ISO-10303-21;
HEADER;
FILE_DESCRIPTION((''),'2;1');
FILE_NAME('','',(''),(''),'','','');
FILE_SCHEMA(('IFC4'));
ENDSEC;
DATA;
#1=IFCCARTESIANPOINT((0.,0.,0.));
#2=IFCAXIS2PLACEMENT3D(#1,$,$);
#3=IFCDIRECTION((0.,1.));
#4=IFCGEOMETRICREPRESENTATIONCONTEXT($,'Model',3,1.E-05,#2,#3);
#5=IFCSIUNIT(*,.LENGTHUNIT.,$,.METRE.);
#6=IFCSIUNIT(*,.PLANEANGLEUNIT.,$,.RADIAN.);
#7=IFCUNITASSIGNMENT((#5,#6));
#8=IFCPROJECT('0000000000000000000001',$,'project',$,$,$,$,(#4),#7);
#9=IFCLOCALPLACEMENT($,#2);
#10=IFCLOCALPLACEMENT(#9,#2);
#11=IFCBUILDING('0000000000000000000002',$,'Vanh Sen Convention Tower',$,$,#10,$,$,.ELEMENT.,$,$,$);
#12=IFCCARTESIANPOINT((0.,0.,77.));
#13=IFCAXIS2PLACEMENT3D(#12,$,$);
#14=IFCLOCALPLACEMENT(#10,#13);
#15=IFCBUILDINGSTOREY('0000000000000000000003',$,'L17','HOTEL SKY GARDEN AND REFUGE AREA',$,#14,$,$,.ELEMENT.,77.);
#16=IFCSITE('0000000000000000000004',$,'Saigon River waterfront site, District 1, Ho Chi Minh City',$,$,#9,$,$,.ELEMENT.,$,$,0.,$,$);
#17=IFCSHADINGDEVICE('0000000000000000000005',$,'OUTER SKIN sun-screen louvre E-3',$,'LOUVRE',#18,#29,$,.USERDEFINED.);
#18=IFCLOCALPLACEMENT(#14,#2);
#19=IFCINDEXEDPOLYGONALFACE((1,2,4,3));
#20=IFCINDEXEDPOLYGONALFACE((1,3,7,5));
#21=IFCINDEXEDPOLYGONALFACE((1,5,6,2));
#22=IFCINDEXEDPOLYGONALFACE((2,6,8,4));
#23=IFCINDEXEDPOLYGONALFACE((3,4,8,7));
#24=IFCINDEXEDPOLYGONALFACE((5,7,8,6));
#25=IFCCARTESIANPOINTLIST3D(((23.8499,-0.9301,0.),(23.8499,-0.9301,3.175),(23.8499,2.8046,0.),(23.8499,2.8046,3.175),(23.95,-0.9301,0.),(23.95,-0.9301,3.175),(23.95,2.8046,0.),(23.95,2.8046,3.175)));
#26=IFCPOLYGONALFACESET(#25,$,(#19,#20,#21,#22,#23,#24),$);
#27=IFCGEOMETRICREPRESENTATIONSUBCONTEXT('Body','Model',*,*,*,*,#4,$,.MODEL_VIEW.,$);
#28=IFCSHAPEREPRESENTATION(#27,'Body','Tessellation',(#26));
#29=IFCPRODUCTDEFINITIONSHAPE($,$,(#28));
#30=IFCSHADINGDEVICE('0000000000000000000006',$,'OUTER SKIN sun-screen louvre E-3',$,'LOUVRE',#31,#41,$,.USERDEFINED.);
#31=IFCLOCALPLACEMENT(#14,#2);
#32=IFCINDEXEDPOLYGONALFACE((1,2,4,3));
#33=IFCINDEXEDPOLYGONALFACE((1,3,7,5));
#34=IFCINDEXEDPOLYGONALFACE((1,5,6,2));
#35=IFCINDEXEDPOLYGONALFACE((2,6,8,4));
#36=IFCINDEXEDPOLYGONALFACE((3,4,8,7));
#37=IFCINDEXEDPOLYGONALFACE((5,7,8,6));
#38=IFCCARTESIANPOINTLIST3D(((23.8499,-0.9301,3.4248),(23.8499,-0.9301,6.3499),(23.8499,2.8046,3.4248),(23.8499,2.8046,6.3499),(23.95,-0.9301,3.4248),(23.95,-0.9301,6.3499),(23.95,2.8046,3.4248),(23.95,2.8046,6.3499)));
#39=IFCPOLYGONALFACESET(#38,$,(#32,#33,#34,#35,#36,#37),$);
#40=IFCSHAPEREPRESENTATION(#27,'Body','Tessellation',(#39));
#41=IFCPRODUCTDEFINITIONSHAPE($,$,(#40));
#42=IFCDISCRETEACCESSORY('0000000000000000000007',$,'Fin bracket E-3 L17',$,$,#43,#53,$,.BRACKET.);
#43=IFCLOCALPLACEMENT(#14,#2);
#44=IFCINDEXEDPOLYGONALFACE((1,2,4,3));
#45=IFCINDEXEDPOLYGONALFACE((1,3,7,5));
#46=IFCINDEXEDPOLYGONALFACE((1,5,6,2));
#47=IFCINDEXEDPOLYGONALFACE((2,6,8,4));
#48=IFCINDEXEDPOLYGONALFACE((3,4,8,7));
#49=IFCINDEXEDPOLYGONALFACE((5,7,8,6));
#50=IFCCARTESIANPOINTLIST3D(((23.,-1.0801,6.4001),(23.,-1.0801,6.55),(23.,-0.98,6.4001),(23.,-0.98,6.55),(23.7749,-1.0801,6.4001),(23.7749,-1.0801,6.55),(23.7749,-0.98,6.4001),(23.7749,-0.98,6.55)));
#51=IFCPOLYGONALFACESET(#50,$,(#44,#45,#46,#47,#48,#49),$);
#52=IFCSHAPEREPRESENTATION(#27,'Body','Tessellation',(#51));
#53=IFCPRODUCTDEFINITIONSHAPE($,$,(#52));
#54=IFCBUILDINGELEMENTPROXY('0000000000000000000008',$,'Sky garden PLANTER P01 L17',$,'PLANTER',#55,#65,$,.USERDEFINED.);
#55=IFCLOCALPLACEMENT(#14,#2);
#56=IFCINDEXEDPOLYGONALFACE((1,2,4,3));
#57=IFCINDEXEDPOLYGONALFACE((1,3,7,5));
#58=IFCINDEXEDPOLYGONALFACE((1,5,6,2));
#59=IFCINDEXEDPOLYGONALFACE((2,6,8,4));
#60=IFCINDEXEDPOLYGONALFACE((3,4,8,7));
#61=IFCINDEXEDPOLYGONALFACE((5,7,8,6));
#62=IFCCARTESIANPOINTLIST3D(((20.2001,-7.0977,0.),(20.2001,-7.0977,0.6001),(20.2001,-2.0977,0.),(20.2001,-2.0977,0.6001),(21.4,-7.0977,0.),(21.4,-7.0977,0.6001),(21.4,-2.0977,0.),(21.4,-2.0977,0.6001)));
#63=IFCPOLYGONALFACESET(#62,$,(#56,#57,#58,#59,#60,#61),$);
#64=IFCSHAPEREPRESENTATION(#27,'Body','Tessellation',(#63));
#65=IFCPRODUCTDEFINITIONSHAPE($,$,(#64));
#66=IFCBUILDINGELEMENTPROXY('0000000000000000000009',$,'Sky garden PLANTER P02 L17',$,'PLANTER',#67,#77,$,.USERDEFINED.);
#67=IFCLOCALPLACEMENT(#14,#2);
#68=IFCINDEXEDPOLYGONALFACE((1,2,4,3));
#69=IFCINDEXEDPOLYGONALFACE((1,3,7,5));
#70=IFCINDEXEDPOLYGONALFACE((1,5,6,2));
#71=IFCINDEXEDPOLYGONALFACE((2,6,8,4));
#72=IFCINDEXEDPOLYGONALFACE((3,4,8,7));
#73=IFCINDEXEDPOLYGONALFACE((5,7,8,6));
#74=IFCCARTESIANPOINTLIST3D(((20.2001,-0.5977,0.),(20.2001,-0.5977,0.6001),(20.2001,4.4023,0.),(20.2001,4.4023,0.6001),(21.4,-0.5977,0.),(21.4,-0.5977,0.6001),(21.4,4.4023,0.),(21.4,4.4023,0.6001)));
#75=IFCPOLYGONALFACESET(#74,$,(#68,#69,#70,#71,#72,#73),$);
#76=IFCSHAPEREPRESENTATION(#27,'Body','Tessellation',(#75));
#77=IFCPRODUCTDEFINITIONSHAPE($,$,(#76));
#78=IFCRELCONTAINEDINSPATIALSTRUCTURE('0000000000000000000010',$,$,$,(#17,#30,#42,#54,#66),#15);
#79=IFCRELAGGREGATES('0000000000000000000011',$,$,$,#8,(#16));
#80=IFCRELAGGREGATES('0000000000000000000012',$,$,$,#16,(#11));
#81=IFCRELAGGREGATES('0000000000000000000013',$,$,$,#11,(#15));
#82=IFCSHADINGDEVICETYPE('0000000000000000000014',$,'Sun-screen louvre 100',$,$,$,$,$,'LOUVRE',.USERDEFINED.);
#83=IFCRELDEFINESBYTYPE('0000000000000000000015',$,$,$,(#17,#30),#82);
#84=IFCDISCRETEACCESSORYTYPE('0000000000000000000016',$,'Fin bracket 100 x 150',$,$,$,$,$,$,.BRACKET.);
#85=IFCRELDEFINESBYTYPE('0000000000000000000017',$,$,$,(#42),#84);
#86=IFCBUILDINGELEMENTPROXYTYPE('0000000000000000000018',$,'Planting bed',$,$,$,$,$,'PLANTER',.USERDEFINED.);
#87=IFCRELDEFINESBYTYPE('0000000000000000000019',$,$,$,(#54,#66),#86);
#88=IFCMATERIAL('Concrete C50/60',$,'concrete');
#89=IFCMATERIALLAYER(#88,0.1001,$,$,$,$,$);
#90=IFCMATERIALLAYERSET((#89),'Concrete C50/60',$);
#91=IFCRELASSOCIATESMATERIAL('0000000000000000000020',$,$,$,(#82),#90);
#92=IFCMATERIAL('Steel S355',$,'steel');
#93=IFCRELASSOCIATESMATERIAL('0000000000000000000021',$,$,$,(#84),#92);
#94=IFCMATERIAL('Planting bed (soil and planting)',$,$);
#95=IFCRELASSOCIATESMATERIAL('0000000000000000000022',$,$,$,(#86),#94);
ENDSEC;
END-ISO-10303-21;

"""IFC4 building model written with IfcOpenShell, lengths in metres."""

from ifc_helpers import new_model, si_unit, direction, frame, origin, origin_2d, place, context, subcontext, project, spatial, rectangle, extrude, material, layer, layer_set, type_object, element, save


model = new_model("IFC4")

# Units and contexts
model_context = context("Model", 3, precision=1e-05, world=origin(), true_north=direction((0.0, 1.0)))
body_context = subcontext(model_context, "Body", "Model", "MODEL_VIEW")
ifc_project = project(units=[si_unit("LENGTHUNIT", "METRE"), si_unit("PLANEANGLEUNIT", "RADIAN")], contexts=[model_context])

# Site, building, storey
site_placement = place(None, origin())
site = spatial("IfcSite", under=ifc_project, at=site_placement, Name="Saigon River waterfront site, District 1, Ho Chi Minh City", CompositionType="ELEMENT", RefElevation=0.0)
building_placement = place(site_placement, origin())
building = spatial("IfcBuilding", under=site, at=building_placement, Name="Vanh Sen Convention Tower", CompositionType="ELEMENT")
storey_placement = place(building_placement, frame((0.0, 0.0, 77.0)))
storey = spatial("IfcBuildingStorey", under=building, at=storey_placement, Name="L17", Description="HOTEL SKY GARDEN AND REFUGE AREA", CompositionType="ELEMENT", Elevation=77.0)

# Shading devices
ifc_material_1 = material(Name="Concrete C50/60", Category="concrete")
ifc_layer_1 = layer(ifc_material_1, 0.1001)
ifc_layer_set_1 = layer_set([ifc_layer_1], Name="Concrete C50/60")
shading_device_type = type_object("IfcShadingDeviceType", Name="Sun-screen louvre 100", ElementType="LOUVRE", PredefinedType="USERDEFINED", material=ifc_layer_set_1)
shading_device_1_placement = place(storey_placement, frame((23.8999, 0.9373, 0.0), z_axis=(0.0, 0.0, 1.0), x_axis=(0.0, 1.0, 0.0)))
element("IfcShadingDevice", 1, at=shading_device_1_placement, inside=storey, type_object=shading_device_type, Name="OUTER SKIN sun-screen louvre E-3", ObjectType="LOUVRE", PredefinedType="USERDEFINED", context=body_context, shape_type="SweptSolid", body=[
    extrude(rectangle(XDim=3.7346, YDim=0.1001, at=origin_2d()), origin(), (0.0, 0.0, 1.0), 3.175),
])
shading_device_2_placement = place(storey_placement, frame((23.8999, 0.9373, 3.4248), z_axis=(0.0, 0.0, 1.0), x_axis=(0.0, 1.0, 0.0)))
element("IfcShadingDevice", 2, at=shading_device_2_placement, inside=storey, type_object=shading_device_type, Name="OUTER SKIN sun-screen louvre E-3", ObjectType="LOUVRE", PredefinedType="USERDEFINED", context=body_context, shape_type="SweptSolid", body=[
    extrude(rectangle(XDim=3.7346, YDim=0.1001, at=origin_2d()), origin(), (0.0, 0.0, 1.0), 2.925),
])

# Discrete accessory
ifc_material_2 = material(Name="Steel S355", Category="steel")
discrete_accessory_type = type_object("IfcDiscreteAccessoryType", Name="Fin bracket 100 x 150", PredefinedType="BRACKET", material=ifc_material_2)
discrete_accessory_placement = place(storey_placement, frame((23.3875, -1.03, 6.4001), z_axis=(0.0, 0.0, 1.0), x_axis=(1.0, 0.0, 0.0)))
element("IfcDiscreteAccessory", 3, at=discrete_accessory_placement, inside=storey, type_object=discrete_accessory_type, Name="Fin bracket E-3 L17", PredefinedType="BRACKET", context=body_context, shape_type="SweptSolid", body=[
    extrude(rectangle(XDim=0.7749, YDim=0.1001, at=origin_2d()), origin(), (0.0, 0.0, 1.0), 0.1499),
])

# Building element proxies
ifc_material_3 = material(Name="Planting bed (soil and planting)")
building_element_proxy_type = type_object("IfcBuildingElementProxyType", Name="Planting bed", ElementType="PLANTER", PredefinedType="USERDEFINED", material=ifc_material_3)
for number, where, z_axis, x_axis, name in (
    (4, (20.8, -4.5977, 0.0), (0.0, 0.0, 1.0), (0.0, 1.0, 0.0), "Sky garden PLANTER P01 L17"),
    (5, (20.8, 1.9023, 0.0), (0.0, 0.0, 1.0), (0.0, 1.0, 0.0), "Sky garden PLANTER P02 L17"),
):
    element("IfcBuildingElementProxy", number, at=place(storey_placement, frame(where, z_axis=z_axis, x_axis=x_axis)), inside=storey, type_object=building_element_proxy_type, Name=name, ObjectType="PLANTER", PredefinedType="USERDEFINED", context=body_context, shape_type="SweptSolid", body=[
        extrude(rectangle(XDim=5.0, YDim=1.2, at=origin_2d()), origin(), (0.0, 0.0, 1.0), 0.6001),
    ])

save(model, "model.ifc")
